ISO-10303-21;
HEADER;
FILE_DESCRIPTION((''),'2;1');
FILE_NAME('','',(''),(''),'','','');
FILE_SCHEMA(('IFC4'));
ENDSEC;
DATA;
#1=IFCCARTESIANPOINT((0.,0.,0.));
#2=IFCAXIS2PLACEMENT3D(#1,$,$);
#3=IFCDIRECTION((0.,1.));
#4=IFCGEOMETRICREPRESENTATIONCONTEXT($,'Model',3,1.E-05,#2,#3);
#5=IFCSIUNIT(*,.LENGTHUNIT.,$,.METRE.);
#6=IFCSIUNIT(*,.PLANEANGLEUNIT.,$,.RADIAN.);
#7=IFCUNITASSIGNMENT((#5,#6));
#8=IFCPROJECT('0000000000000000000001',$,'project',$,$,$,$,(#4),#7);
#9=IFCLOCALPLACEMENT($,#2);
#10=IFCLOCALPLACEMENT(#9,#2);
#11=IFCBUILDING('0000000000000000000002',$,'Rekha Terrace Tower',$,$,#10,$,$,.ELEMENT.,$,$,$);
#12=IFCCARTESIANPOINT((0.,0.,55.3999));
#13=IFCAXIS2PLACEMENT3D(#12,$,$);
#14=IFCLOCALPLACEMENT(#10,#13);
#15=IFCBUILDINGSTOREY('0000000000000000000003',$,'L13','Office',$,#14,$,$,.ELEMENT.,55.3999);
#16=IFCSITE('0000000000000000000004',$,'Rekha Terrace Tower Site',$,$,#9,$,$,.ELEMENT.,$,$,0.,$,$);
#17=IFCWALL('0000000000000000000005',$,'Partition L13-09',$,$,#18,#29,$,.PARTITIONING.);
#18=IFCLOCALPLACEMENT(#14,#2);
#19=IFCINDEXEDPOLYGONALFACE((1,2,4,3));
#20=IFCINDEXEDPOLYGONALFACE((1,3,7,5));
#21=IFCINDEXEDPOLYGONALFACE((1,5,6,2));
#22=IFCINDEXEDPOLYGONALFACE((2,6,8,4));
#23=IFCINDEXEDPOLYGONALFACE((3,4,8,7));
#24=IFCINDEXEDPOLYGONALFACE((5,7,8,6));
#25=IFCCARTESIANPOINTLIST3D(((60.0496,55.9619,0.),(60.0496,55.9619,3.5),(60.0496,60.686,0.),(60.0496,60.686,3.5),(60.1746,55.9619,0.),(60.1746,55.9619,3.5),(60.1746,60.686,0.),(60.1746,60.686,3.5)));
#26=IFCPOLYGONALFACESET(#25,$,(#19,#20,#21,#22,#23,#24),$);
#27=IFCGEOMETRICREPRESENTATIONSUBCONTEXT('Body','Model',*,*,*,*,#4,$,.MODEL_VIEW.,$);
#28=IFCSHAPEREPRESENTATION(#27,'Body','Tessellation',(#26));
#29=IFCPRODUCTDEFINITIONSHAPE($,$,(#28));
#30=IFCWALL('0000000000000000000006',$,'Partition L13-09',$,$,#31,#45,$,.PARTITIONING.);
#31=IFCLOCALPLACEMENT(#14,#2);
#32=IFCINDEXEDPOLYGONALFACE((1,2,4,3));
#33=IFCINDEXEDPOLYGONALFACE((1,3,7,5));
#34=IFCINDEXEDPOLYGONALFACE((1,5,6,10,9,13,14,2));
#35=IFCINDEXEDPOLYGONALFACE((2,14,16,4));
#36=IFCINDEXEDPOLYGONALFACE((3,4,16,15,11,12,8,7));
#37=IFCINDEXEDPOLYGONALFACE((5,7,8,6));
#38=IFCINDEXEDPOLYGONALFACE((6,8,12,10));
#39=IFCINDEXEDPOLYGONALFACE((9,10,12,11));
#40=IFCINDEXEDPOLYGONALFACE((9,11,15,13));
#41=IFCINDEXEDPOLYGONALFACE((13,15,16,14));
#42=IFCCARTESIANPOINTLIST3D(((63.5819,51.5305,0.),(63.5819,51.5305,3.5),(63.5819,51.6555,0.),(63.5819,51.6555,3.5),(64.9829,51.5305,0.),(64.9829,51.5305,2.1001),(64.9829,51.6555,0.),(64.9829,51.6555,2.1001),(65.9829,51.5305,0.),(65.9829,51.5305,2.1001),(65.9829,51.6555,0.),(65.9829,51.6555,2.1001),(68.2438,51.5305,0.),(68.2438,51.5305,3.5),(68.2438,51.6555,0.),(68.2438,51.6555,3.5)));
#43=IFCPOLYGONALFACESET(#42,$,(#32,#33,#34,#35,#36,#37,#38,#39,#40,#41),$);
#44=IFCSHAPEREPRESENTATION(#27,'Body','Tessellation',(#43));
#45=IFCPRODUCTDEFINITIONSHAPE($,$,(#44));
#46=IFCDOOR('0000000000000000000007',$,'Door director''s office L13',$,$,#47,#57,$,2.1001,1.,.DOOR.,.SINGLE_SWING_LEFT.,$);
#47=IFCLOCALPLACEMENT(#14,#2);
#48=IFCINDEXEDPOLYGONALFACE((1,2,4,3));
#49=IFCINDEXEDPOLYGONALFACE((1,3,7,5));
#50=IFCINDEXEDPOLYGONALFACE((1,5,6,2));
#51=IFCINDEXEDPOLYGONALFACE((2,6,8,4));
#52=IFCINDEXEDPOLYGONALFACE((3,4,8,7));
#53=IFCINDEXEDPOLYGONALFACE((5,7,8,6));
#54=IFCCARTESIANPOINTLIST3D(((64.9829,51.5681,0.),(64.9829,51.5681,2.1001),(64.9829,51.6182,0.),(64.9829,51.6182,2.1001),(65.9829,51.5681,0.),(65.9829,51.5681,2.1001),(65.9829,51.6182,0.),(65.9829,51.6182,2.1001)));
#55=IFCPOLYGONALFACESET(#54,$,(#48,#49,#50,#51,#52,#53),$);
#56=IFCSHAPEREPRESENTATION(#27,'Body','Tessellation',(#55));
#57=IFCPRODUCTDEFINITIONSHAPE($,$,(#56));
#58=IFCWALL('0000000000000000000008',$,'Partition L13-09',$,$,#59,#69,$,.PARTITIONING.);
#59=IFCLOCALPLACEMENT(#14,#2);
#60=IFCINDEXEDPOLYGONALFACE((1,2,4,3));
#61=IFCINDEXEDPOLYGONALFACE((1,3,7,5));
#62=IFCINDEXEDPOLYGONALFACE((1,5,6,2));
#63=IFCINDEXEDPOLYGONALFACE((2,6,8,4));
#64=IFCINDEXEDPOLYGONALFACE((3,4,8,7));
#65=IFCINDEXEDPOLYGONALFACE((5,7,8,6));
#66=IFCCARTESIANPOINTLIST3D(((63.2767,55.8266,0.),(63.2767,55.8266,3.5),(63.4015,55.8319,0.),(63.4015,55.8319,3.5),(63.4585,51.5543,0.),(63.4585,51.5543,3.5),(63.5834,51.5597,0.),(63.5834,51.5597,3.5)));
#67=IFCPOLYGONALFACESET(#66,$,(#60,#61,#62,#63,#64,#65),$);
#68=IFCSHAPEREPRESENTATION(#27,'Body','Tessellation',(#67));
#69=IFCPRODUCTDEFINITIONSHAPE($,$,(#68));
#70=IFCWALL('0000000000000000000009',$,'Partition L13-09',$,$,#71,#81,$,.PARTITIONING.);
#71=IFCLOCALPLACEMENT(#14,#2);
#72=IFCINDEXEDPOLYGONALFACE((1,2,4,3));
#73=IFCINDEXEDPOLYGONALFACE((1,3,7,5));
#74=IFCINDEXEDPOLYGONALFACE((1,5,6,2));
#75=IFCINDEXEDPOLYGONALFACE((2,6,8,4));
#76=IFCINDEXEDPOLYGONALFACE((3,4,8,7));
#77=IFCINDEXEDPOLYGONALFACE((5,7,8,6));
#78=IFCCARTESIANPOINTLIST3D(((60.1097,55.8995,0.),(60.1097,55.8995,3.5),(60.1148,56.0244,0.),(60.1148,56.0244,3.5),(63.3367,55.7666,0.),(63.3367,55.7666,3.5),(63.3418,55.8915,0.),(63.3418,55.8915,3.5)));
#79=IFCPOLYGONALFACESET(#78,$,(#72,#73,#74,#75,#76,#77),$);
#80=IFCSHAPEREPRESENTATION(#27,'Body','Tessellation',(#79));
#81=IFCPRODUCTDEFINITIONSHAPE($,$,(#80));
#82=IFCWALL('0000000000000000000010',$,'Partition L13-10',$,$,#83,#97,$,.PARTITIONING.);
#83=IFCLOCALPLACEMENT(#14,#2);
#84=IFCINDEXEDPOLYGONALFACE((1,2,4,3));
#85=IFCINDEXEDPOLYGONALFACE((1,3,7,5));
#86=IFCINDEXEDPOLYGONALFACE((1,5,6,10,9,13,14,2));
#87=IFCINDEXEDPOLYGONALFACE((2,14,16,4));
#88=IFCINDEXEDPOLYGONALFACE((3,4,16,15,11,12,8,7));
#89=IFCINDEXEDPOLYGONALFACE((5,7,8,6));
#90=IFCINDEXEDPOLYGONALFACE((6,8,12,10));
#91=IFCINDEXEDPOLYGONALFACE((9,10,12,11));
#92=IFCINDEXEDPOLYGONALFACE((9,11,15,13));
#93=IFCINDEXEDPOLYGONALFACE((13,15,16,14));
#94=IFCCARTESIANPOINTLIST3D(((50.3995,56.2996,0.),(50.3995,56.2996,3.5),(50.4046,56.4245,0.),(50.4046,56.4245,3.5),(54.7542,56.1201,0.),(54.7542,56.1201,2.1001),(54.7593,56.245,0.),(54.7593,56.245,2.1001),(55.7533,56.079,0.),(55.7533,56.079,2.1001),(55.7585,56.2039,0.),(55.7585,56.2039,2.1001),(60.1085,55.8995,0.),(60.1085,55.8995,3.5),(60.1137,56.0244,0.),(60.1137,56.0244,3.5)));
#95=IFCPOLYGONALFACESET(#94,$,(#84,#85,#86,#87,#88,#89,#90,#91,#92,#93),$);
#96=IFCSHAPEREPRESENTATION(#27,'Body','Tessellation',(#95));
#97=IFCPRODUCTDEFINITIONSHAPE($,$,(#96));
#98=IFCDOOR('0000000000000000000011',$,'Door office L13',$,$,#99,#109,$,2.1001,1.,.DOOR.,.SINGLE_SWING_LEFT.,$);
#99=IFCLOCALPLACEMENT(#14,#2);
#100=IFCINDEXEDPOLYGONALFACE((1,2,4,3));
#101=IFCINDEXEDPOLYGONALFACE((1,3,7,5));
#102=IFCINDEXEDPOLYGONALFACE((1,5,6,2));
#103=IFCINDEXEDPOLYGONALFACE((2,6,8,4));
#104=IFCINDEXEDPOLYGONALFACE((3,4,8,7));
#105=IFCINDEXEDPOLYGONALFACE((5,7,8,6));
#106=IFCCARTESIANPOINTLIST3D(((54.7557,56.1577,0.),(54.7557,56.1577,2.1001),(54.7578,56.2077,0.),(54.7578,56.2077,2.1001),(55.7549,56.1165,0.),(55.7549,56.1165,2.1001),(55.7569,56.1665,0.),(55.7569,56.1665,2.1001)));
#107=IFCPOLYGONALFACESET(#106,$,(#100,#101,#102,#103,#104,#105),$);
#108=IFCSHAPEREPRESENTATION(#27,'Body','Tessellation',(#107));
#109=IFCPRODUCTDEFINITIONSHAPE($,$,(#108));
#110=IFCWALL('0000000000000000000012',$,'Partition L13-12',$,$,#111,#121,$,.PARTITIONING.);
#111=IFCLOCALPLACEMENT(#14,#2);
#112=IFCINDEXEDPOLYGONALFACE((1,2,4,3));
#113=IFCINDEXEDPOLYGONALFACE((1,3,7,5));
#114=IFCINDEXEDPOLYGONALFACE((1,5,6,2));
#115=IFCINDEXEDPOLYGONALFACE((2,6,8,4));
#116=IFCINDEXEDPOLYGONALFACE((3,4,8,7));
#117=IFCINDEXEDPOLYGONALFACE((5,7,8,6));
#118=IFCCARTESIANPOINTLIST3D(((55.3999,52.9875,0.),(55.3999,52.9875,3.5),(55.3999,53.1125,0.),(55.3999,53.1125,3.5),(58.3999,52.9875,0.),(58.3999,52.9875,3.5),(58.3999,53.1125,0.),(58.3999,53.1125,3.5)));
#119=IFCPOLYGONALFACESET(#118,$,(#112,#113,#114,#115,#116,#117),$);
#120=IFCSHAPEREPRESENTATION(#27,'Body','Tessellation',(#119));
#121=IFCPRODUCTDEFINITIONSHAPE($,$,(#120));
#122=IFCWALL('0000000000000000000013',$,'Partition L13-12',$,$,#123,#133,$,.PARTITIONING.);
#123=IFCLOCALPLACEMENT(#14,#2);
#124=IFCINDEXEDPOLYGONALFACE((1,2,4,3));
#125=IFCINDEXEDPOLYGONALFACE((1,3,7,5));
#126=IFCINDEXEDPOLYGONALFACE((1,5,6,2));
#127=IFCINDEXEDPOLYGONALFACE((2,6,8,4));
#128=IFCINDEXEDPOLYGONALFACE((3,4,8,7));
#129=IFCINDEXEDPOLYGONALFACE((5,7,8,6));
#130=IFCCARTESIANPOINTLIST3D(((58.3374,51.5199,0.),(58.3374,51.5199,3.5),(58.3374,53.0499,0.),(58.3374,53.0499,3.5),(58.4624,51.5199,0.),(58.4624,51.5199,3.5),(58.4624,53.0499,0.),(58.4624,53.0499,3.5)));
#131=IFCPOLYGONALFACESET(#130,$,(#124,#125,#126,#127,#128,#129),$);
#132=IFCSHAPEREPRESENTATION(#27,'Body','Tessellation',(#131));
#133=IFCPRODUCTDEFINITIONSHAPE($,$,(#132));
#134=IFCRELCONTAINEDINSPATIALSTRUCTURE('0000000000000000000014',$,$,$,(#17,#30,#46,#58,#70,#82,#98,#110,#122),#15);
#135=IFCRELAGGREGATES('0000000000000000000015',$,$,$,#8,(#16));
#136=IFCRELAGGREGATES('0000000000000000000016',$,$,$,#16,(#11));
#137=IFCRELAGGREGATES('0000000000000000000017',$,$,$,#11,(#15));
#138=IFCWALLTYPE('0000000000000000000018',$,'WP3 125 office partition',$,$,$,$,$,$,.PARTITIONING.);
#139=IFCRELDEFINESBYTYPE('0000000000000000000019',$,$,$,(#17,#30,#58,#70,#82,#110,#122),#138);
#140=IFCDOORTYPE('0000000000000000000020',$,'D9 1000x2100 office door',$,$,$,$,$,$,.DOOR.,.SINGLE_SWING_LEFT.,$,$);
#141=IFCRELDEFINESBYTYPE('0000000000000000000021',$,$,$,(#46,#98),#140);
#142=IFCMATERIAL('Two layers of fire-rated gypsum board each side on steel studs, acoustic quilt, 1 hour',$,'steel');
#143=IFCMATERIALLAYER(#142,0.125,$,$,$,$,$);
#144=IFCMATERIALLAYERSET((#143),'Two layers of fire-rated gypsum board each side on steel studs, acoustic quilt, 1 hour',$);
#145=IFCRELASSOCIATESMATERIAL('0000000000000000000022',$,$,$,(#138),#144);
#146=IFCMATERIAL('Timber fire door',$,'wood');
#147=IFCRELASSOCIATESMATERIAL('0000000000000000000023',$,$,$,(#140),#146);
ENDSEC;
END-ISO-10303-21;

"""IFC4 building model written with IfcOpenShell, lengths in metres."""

from ifc_helpers import new_model, si_unit, direction, frame, frame_2d, origin, place, context, subcontext, project, spatial, rectangle, extrude, material, layer, layer_set, type_object, element, fill, save


model = new_model("IFC4")

# Units and contexts
model_context = context("Model", 3, precision=1e-05, world=origin(), true_north=direction((0.0, 1.0)))
body_context = subcontext(model_context, "Body", "Model", "MODEL_VIEW")
ifc_project = project(units=[si_unit("LENGTHUNIT", "METRE"), si_unit("PLANEANGLEUNIT", "RADIAN")], contexts=[model_context])

# Site, building, storey
site_placement = place(None, origin())
site = spatial("IfcSite", under=ifc_project, at=site_placement, Name="Rekha Terrace Tower Site", CompositionType="ELEMENT", RefElevation=0.0)
building_placement = place(site_placement, origin())
building = spatial("IfcBuilding", under=site, at=building_placement, Name="Rekha Terrace Tower", CompositionType="ELEMENT")
storey_placement = place(building_placement, frame((0.0, 0.0, 55.3999)))
storey = spatial("IfcBuildingStorey", under=building, at=storey_placement, Name="L13", Description="Office", CompositionType="ELEMENT", Elevation=55.3999)

# Wall
ifc_material_1 = material(Name="Two layers of fire-rated gypsum board each side on steel studs, acoustic quilt, 1 hour", Category="steel")
ifc_layer_1 = layer(ifc_material_1, 0.125)
ifc_layer_set_1 = layer_set([ifc_layer_1], Name="Two layers of fire-rated gypsum board each side on steel studs, acoustic quilt, 1 hour")
wall_type_1 = type_object("IfcWallType", Name="WP3 125 office partition", PredefinedType="PARTITIONING", material=ifc_layer_set_1)
wall_1_placement = place(storey_placement, frame((60.1121, 55.9619, 0.0), z_axis=(0.0, 0.0, 1.0), x_axis=(0.0, 1.0, 0.0)))
element("IfcWall", 1, at=wall_1_placement, inside=storey, type_object=wall_type_1, Name="Partition L13-09", PredefinedType="PARTITIONING", context=body_context, shape_type="SweptSolid", body=[
    extrude(rectangle(XDim=4.7241, YDim=0.125, at=frame_2d((2.3621, 0.0))), origin(), (0.0, 0.0, 1.0), 3.5),
])

# Wall, opening, door
wall_2_placement = place(storey_placement, frame((68.2439, 51.593, 0.0), z_axis=(0.0, 0.0, 1.0), x_axis=(-1.0, 0.0, 0.0)))
wall_2 = element("IfcWall", 2, at=wall_2_placement, inside=storey, type_object=wall_type_1, Name="Partition L13-09", PredefinedType="PARTITIONING", context=body_context, shape_type="SweptSolid", body=[
    extrude(rectangle(XDim=4.6619, YDim=0.125, at=frame_2d((2.3311, 0.0))), origin(), (0.0, 0.0, 1.0), 3.5),
])
opening_1_placement = place(wall_2_placement, frame((2.261, 0.0, 0.0)))
opening_1 = element("IfcOpeningElement", 3, at=opening_1_placement, cuts=wall_2, PredefinedType="OPENING", context=body_context, shape_type="SweptSolid", body=[
    extrude(rectangle(XDim=1.0, YDim=2.1001, at=frame_2d((0.5, 1.05))), frame((0.0, 0.0725, 0.0), z_axis=(0.0, -1.0, 0.0), x_axis=(1.0, 0.0, 0.0)), (0.0, 0.0, 1.0), 0.145),
])
ifc_material_2 = material(Name="Timber fire door", Category="wood")
door_type = type_object("IfcDoorType", Name="D9 1000x2100 office door", OperationType="SINGLE_SWING_LEFT", PredefinedType="DOOR", material=ifc_material_2)
door_1_placement = place(opening_1_placement, origin())
door_1 = element("IfcDoor", 4, at=door_1_placement, inside=storey, type_object=door_type, Name="Door director's office L13", OperationType="SINGLE_SWING_LEFT", OverallHeight=2.1001, OverallWidth=1.0, PredefinedType="DOOR", context=body_context, shape_type="SweptSolid", body=[
    extrude(rectangle(XDim=1.0, YDim=2.1001, at=frame_2d((0.5, 1.05))), frame((0.0, 0.0249, 0.0), z_axis=(0.0, -1.0, 0.0), x_axis=(1.0, 0.0, 0.0)), (0.0, 0.0, 1.0), 0.05),
])
fill(opening_1, door_1)

# Walls
wall_3_placement = place(storey_placement, frame((63.521, 51.5569, 0.0), z_axis=(0.0, 0.0, 1.0), x_axis=(-0.042535, 0.999095, 0.0)))
element("IfcWall", 5, at=wall_3_placement, inside=storey, type_object=wall_type_1, Name="Partition L13-09", PredefinedType="PARTITIONING", context=body_context, shape_type="SweptSolid", body=[
    extrude(rectangle(XDim=4.2761, YDim=0.125, at=frame_2d((2.1382, 0.0))), origin(), (0.0, 0.0, 1.0), 3.5),
])
wall_4_placement = place(storey_placement, frame((63.3391, 55.8291, 0.0), z_axis=(0.0, 0.0, 1.0), x_axis=(-0.999154, 0.041121, 0.0)))
element("IfcWall", 6, at=wall_4_placement, inside=storey, type_object=wall_type_1, Name="Partition L13-09", PredefinedType="PARTITIONING", context=body_context, shape_type="SweptSolid", body=[
    extrude(rectangle(XDim=3.2297, YDim=0.125, at=frame_2d((1.6147, 0.0))), origin(), (0.0, 0.0, 1.0), 3.5),
])

# Wall, opening, door
wall_5_placement = place(storey_placement, frame((60.1111, 55.9619, 0.0), z_axis=(0.0, 0.0, 1.0), x_axis=(-0.999152, 0.041179, 0.0)))
wall_5 = element("IfcWall", 7, at=wall_5_placement, inside=storey, type_object=wall_type_1, Name="Partition L13-10", PredefinedType="PARTITIONING", context=body_context, shape_type="SweptSolid", body=[
    extrude(rectangle(XDim=9.7173, YDim=0.125, at=frame_2d((4.8586, 0.0))), origin(), (0.0, 0.0, 1.0), 3.5),
])
opening_2_placement = place(wall_5_placement, frame((4.3589, 0.0, 0.0)))
opening_2 = element("IfcOpeningElement", 8, at=opening_2_placement, cuts=wall_5, PredefinedType="OPENING", context=body_context, shape_type="SweptSolid", body=[
    extrude(rectangle(XDim=1.0, YDim=2.1001, at=frame_2d((0.5, 1.05))), frame((0.0, 0.0725, 0.0), z_axis=(0.0, -1.0, 0.0), x_axis=(1.0, 0.0, 0.0)), (0.0, 0.0, 1.0), 0.145),
])
door_2_placement = place(opening_2_placement, origin())
door_2 = element("IfcDoor", 9, at=door_2_placement, inside=storey, type_object=door_type, Name="Door office L13", OperationType="SINGLE_SWING_LEFT", OverallHeight=2.1001, OverallWidth=1.0, PredefinedType="DOOR", context=body_context, shape_type="SweptSolid", body=[
    extrude(rectangle(XDim=1.0, YDim=2.1001, at=frame_2d((0.5, 1.05))), frame((0.0, 0.0249, 0.0), z_axis=(0.0, -1.0, 0.0), x_axis=(1.0, 0.0, 0.0)), (0.0, 0.0, 1.0), 0.05),
])
fill(opening_2, door_2)

# Walls
wall_6_placement = place(storey_placement, frame((55.3999, 53.05, 0.0), z_axis=(0.0, 0.0, 1.0), x_axis=(1.0, 0.0, 0.0)))
element("IfcWall", 10, at=wall_6_placement, inside=storey, type_object=wall_type_1, Name="Partition L13-12", PredefinedType="PARTITIONING", context=body_context, shape_type="SweptSolid", body=[
    extrude(rectangle(XDim=3.0, YDim=0.125, at=frame_2d((1.5, 0.0))), origin(), (0.0, 0.0, 1.0), 3.5),
])
wall_7_placement = place(storey_placement, frame((58.3999, 53.05, 0.0), z_axis=(0.0, 0.0, 1.0), x_axis=(0.0, -1.0, 0.0)))
element("IfcWall", 11, at=wall_7_placement, inside=storey, type_object=wall_type_1, Name="Partition L13-12", PredefinedType="PARTITIONING", context=body_context, shape_type="SweptSolid", body=[
    extrude(rectangle(XDim=1.53, YDim=0.125, at=frame_2d((0.7651, 0.0))), origin(), (0.0, 0.0, 1.0), 3.5),
])

save(model, "model.ifc")
